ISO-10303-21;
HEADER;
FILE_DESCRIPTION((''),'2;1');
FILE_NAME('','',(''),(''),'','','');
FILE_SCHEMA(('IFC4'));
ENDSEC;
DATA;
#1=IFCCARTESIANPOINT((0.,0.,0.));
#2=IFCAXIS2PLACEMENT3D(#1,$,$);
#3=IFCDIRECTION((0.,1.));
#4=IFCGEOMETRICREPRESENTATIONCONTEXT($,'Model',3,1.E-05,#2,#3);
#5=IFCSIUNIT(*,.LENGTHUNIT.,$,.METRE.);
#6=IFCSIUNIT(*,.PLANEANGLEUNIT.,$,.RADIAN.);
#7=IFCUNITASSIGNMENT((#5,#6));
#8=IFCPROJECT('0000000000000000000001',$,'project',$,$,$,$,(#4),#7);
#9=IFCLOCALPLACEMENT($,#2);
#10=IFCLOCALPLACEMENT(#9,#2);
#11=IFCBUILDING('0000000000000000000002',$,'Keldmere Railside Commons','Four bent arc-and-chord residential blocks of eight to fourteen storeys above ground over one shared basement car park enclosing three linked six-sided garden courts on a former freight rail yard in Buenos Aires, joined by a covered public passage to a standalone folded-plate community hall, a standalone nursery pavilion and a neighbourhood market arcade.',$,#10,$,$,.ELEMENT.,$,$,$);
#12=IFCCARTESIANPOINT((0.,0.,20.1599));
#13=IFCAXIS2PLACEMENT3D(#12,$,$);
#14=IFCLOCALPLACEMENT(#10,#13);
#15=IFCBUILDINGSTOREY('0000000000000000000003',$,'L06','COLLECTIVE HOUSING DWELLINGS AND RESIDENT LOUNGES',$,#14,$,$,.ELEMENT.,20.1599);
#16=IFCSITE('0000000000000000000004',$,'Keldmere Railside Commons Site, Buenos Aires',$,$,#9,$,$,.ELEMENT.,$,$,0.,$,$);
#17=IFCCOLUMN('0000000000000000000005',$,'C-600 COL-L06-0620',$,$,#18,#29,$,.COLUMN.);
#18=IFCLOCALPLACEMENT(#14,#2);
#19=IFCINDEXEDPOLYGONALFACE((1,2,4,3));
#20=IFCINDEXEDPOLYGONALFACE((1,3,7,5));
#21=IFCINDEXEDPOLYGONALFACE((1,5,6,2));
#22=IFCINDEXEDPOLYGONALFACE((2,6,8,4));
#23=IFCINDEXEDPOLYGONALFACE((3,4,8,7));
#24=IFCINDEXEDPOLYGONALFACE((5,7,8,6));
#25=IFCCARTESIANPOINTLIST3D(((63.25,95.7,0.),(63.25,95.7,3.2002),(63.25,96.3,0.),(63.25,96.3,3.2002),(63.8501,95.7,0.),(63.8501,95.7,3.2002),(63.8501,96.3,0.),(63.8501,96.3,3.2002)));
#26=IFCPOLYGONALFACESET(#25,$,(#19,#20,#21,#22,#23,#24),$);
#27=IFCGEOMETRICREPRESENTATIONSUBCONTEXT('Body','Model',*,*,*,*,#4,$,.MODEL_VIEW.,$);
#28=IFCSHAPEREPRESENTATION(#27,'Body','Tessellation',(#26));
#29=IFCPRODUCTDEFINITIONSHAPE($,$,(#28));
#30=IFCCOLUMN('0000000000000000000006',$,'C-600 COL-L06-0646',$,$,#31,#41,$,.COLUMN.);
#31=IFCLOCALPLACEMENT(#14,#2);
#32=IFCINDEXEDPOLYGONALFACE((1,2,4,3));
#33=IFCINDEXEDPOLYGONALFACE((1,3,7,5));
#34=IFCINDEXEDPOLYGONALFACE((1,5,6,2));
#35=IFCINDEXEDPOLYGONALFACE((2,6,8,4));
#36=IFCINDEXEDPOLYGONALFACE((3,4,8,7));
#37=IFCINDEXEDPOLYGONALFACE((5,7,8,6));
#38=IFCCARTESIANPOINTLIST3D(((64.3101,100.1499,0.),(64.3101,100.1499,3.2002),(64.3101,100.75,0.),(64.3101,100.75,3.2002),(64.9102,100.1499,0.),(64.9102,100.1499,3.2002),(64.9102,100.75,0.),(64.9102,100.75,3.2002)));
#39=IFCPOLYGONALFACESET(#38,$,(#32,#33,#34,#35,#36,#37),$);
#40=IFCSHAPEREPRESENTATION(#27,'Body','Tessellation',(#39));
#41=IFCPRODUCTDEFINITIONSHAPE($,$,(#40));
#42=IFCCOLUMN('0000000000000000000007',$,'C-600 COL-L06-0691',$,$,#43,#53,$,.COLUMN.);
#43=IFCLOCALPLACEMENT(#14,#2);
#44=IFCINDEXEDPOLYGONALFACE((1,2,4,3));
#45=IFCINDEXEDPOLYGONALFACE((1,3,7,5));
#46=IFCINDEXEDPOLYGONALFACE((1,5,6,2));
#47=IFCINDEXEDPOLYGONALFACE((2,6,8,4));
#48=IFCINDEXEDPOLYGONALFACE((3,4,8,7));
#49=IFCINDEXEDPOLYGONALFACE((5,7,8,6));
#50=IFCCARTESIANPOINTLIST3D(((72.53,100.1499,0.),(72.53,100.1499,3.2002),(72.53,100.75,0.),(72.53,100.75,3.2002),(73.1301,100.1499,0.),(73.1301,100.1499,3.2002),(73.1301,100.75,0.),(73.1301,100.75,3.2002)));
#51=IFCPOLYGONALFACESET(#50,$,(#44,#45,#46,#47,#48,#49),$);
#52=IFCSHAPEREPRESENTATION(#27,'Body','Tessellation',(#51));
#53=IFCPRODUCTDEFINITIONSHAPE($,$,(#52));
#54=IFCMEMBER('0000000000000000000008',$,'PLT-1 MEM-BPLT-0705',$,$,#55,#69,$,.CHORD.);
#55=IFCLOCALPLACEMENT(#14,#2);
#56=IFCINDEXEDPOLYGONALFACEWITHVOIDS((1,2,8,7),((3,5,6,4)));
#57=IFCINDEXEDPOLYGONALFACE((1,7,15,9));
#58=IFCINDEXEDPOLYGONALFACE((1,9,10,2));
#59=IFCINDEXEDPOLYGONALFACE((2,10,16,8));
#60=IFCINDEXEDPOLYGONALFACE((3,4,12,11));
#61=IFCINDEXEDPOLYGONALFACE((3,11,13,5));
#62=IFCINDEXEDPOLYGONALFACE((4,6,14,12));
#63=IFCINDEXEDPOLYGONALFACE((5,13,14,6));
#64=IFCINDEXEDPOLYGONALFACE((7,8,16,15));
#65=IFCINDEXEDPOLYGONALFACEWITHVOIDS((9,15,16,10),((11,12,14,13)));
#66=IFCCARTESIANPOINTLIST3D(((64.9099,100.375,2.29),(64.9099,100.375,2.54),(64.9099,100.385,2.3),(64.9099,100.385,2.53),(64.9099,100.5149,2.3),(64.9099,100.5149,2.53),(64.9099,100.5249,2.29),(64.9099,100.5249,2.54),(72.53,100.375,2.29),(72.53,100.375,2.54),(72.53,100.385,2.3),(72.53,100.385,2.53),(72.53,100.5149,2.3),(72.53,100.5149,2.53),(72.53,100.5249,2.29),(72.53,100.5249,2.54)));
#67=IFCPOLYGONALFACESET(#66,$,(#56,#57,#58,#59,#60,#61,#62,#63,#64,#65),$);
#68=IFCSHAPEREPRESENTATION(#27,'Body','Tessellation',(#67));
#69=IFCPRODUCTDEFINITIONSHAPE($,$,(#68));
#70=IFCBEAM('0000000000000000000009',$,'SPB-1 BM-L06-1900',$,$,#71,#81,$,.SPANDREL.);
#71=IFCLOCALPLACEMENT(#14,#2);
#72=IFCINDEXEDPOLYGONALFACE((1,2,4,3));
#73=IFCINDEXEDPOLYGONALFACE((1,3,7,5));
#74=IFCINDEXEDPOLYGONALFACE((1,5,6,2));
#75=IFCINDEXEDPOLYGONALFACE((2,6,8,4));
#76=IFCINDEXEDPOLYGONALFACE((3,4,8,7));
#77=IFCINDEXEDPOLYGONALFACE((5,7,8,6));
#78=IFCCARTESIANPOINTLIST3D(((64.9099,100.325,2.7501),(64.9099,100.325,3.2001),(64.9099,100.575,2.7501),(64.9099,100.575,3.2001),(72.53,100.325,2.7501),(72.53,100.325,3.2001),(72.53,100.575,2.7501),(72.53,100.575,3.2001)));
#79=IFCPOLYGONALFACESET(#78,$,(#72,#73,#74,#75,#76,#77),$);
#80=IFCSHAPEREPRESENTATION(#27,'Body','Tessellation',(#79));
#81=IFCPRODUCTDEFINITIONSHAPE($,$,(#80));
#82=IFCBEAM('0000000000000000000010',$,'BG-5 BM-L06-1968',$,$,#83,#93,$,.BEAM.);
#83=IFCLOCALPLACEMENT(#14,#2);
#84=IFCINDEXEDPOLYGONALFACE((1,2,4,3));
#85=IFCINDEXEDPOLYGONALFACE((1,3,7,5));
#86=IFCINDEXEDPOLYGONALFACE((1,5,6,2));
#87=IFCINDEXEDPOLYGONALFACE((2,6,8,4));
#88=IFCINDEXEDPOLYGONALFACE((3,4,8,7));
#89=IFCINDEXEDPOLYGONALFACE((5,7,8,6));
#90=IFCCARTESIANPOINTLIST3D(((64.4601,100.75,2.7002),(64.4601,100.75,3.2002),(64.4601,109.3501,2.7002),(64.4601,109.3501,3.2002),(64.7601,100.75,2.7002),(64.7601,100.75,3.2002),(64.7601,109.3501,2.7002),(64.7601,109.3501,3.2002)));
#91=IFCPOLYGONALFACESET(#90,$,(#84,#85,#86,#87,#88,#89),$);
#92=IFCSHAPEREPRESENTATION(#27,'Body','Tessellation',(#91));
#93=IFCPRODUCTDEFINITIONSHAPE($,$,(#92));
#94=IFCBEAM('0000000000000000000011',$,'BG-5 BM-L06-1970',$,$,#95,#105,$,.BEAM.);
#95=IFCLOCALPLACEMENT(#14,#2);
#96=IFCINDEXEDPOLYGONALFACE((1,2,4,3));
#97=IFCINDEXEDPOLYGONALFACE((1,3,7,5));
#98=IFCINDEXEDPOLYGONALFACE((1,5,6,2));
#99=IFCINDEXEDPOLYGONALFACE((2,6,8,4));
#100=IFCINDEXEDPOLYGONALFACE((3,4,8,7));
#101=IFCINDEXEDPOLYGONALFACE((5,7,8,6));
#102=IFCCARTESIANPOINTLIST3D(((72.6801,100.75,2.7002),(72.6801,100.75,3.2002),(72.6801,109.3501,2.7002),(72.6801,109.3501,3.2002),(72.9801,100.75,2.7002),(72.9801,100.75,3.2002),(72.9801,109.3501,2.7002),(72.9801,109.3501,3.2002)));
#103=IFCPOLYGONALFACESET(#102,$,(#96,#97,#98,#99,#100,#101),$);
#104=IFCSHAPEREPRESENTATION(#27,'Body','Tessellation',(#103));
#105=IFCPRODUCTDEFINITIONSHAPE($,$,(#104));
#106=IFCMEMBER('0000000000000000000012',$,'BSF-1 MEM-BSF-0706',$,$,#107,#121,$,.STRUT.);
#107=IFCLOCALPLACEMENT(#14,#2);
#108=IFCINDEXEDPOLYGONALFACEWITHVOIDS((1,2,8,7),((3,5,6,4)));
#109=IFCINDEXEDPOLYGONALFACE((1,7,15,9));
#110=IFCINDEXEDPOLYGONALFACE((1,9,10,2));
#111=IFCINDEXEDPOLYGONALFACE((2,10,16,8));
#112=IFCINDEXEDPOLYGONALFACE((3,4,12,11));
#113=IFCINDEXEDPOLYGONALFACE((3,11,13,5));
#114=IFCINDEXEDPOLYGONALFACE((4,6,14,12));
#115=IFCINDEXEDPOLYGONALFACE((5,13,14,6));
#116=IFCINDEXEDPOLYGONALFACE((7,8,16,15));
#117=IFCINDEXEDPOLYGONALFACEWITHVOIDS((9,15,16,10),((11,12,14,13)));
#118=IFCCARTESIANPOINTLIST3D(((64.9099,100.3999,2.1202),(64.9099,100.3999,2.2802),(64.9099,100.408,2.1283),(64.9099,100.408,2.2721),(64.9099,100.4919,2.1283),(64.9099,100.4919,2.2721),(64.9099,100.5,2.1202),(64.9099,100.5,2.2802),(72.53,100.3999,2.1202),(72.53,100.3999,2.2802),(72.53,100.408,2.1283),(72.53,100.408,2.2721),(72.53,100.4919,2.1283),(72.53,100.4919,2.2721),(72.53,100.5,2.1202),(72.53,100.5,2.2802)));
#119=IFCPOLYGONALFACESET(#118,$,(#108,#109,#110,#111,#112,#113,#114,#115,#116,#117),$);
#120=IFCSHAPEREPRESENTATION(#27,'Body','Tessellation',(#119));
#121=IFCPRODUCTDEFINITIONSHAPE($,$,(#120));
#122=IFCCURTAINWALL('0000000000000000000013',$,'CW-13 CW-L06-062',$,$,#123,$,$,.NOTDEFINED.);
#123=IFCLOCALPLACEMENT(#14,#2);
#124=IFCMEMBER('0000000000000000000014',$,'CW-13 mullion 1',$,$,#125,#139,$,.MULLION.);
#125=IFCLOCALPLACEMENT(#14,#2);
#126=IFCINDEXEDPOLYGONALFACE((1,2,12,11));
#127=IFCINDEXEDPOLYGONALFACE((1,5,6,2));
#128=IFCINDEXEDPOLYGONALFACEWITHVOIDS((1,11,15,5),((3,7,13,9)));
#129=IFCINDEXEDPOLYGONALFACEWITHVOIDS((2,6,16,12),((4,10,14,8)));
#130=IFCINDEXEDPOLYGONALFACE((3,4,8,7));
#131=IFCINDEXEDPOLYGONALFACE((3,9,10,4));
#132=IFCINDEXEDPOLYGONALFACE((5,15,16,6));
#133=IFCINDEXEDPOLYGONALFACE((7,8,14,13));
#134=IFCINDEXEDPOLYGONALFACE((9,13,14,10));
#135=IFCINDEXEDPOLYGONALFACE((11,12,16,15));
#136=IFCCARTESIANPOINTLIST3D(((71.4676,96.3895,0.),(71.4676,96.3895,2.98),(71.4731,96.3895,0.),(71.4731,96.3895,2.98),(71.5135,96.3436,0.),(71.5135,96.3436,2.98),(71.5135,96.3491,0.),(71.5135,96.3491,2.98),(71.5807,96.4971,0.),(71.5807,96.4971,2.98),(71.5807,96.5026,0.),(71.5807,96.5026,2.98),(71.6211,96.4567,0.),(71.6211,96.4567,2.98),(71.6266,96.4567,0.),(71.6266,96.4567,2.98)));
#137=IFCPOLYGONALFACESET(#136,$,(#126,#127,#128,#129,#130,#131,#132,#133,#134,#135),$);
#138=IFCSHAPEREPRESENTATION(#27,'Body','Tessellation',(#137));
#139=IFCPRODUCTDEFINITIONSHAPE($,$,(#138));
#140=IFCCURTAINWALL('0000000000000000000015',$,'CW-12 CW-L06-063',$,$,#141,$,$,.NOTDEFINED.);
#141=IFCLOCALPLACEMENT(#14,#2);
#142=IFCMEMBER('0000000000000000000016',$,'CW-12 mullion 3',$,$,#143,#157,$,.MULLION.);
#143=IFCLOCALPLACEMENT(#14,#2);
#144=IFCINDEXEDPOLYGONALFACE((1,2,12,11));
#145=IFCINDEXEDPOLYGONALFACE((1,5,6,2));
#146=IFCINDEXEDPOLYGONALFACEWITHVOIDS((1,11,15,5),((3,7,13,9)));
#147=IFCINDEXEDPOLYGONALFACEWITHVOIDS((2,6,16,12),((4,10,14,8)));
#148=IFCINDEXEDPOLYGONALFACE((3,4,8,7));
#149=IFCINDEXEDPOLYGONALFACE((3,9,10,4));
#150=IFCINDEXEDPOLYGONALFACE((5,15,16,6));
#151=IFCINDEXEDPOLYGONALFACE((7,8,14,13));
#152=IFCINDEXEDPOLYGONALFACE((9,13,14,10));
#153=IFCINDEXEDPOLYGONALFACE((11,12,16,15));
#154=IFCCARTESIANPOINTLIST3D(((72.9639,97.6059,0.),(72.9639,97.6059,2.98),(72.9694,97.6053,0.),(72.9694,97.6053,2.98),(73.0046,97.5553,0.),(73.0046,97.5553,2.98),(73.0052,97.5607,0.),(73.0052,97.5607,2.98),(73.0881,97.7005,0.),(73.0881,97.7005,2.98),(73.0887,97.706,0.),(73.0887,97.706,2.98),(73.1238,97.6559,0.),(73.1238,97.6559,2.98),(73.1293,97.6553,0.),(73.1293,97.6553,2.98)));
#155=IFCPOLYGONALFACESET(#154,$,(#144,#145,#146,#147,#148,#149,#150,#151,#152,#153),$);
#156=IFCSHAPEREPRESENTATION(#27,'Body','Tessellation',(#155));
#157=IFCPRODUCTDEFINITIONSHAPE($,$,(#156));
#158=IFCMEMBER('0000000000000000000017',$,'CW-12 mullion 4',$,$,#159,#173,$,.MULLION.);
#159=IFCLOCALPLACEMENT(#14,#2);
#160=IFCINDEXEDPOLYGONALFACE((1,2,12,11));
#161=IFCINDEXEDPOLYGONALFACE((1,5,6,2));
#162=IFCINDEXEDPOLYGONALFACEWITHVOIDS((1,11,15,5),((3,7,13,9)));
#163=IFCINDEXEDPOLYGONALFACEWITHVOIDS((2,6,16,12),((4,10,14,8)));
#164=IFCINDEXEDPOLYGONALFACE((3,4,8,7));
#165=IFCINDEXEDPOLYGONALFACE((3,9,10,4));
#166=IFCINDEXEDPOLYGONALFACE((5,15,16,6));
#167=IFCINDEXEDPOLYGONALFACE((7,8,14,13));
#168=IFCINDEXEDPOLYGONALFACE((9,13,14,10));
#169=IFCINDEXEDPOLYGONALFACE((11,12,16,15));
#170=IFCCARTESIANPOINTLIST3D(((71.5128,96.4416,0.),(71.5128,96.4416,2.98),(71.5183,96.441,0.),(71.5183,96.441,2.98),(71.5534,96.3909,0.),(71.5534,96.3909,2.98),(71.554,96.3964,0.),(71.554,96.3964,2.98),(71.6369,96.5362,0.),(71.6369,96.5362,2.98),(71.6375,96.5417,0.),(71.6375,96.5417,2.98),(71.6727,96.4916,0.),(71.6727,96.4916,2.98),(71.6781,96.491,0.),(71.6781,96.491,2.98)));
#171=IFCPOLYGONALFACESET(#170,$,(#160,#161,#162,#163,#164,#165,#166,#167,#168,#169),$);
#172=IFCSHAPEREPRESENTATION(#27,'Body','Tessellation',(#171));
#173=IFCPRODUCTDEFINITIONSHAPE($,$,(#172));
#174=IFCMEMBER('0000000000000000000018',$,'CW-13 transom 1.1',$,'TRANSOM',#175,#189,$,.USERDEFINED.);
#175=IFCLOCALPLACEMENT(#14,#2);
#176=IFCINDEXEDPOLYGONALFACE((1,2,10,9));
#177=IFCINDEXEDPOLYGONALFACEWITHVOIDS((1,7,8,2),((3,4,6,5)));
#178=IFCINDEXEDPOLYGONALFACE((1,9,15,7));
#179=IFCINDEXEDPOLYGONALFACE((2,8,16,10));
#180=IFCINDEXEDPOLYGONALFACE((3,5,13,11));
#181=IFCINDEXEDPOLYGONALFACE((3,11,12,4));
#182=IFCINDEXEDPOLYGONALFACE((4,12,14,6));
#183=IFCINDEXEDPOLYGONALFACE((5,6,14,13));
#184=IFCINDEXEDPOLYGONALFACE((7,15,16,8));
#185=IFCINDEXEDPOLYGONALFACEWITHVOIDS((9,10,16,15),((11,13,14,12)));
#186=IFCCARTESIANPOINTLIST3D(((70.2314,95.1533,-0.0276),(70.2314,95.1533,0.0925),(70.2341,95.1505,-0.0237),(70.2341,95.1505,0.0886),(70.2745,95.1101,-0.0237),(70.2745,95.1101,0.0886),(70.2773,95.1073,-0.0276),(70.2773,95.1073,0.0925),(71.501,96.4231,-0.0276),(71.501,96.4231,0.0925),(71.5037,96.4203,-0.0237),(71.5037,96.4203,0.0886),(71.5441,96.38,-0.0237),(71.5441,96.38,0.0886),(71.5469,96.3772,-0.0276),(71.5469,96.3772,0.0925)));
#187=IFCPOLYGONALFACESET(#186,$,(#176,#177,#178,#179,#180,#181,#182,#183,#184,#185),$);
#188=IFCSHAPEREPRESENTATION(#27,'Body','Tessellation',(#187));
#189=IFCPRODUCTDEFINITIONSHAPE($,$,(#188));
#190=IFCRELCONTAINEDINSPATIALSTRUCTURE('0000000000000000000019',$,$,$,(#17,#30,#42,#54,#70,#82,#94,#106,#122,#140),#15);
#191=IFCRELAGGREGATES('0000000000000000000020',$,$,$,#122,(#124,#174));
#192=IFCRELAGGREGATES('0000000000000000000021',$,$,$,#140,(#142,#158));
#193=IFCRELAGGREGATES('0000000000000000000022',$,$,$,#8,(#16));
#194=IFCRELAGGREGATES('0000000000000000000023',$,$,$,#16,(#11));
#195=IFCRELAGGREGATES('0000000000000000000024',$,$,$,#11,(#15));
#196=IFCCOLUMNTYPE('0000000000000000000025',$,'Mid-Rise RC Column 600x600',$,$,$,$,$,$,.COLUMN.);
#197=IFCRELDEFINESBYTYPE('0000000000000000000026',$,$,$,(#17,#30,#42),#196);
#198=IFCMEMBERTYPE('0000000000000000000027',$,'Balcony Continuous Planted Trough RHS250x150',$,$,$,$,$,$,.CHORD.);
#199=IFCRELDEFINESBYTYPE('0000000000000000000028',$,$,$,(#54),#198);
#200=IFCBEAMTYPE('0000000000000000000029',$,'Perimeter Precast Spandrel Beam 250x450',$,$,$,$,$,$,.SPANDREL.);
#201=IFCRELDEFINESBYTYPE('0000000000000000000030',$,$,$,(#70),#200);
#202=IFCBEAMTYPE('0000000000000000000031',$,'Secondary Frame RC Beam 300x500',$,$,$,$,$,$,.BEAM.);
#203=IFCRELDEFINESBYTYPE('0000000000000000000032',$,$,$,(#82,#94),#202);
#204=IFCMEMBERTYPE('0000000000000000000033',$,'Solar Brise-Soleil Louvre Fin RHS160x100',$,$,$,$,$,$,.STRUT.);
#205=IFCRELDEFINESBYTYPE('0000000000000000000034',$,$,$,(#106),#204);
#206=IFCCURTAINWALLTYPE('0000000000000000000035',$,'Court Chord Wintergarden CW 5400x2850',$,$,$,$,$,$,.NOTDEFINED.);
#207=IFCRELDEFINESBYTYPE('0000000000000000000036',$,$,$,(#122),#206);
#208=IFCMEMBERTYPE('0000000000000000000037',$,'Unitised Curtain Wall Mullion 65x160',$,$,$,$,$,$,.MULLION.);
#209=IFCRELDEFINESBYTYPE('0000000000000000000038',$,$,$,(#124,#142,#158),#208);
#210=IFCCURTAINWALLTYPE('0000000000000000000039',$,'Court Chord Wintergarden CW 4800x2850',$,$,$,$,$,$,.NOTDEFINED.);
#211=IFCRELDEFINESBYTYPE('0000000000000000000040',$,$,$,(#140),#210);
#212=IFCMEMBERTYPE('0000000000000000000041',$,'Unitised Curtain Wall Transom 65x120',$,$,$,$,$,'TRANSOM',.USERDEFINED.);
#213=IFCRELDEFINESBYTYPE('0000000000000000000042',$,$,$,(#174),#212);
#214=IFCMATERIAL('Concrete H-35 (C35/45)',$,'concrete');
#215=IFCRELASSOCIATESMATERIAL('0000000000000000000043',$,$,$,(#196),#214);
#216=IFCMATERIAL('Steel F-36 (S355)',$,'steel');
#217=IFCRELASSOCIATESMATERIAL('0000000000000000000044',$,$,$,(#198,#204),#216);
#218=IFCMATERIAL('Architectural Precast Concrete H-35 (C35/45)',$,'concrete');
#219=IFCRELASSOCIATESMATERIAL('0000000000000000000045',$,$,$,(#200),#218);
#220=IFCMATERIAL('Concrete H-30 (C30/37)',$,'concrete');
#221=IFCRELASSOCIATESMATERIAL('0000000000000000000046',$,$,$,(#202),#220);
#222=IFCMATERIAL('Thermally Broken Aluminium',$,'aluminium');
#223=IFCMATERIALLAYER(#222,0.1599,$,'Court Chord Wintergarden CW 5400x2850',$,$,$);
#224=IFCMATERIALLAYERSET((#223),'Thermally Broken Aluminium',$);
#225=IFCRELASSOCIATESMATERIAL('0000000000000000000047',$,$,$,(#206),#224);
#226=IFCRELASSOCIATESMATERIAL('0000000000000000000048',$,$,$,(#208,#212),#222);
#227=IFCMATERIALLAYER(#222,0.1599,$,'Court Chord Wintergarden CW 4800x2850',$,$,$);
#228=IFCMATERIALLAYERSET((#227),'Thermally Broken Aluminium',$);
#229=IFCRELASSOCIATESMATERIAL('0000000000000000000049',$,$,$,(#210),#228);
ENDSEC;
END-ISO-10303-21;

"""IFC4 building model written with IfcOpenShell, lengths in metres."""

from ifc_helpers import new_model, si_unit, direction, frame, origin, origin_2d, place, context, subcontext, project, spatial, rectangle, hollow_rectangle, extrude, material, layer, layer_set, material_profile, profile_set, type_object, element, aggregate, save


model = new_model("IFC4")

# Units and contexts
model_context = context("Model", 3, precision=1e-05, world=origin(), true_north=direction((0.0, 1.0)))
body_context = subcontext(model_context, "Body", "Model", "MODEL_VIEW")
ifc_project = project(units=[si_unit("LENGTHUNIT", "METRE"), si_unit("PLANEANGLEUNIT", "RADIAN")], contexts=[model_context])

# Site, building, storey
site_placement = place(None, origin())
site = spatial("IfcSite", under=ifc_project, at=site_placement, Name="Keldmere Railside Commons Site, Buenos Aires", CompositionType="ELEMENT", RefElevation=0.0)
building_placement = place(site_placement, origin())
building = spatial("IfcBuilding", under=site, at=building_placement, Name="Keldmere Railside Commons", Description="Four bent arc-and-chord residential blocks of eight to fourteen storeys above ground over one shared basement car park enclosing three linked six-sided garden courts on a former freight rail yard in Buenos Aires, joined by a covered public passage to a standalone folded-plate community hall, a standalone nursery pavilion and a neighbourhood market arcade.", CompositionType="ELEMENT")
storey_placement = place(building_placement, frame((0.0, 0.0, 20.1599)))
storey = spatial("IfcBuildingStorey", under=building, at=storey_placement, Name="L06", Description="COLLECTIVE HOUSING DWELLINGS AND RESIDENT LOUNGES", CompositionType="ELEMENT", Elevation=20.1599)

# Columns
ifc_material_1 = material(Name="Concrete H-35 (C35/45)", Category="concrete")
ifc_material_profile_1 = material_profile(ifc_material_1, rectangle(XDim=0.6001, YDim=0.6001, at=origin_2d()), Name="RC-600x600")
ifc_profile_set_1 = profile_set([ifc_material_profile_1], Name="Concrete H-35 (C35/45)")
column_type = type_object("IfcColumnType", Name="Mid-Rise RC Column 600x600", PredefinedType="COLUMN", material=ifc_profile_set_1)
for number, where, z_axis, x_axis, name in (
    (1, (63.55, 96.0, 0.0), (0.0, 0.0, 1.0), (1.0, 0.0, 0.0), "C-600 COL-L06-0620"),
    (2, (64.6101, 100.45, 0.0), (0.0, 0.0, 1.0), (1.0, 0.0, 0.0), "C-600 COL-L06-0646"),
    (3, (72.8301, 100.45, 0.0), (0.0, 0.0, 1.0), (1.0, 0.0, 0.0), "C-600 COL-L06-0691"),
):
    element("IfcColumn", number, at=place(storey_placement, frame(where, z_axis=z_axis, x_axis=x_axis)), inside=storey, type_object=column_type, Name=name, PredefinedType="COLUMN", context=body_context, shape_type="SweptSolid", body=[
        extrude(rectangle(XDim=0.6001, YDim=0.6001, at=origin_2d()), origin(), (0.0, 0.0, 1.0), 3.2002),
    ])

# Member
ifc_material_2 = material(Name="Steel F-36 (S355)", Category="steel")
ifc_material_profile_2 = material_profile(ifc_material_2, hollow_rectangle(XDim=0.1499, YDim=0.25, WallThickness=0.01, at=origin_2d()), Name="RHS-250x150x10")
ifc_profile_set_2 = profile_set([ifc_material_profile_2], Name="Steel F-36 (S355)")
member_type_1 = type_object("IfcMemberType", Name="Balcony Continuous Planted Trough RHS250x150", PredefinedType="CHORD", material=ifc_profile_set_2)
member_1_placement = place(storey_placement, frame((64.9099, 100.45, 2.415), z_axis=(1.0, 0.0, 0.0), x_axis=(0.0, 1.0, 0.0)))
element("IfcMember", 4, at=member_1_placement, inside=storey, type_object=member_type_1, Name="PLT-1 MEM-BPLT-0705", PredefinedType="CHORD", context=body_context, shape_type="SweptSolid", body=[
    extrude(hollow_rectangle(XDim=0.1499, YDim=0.25, WallThickness=0.01, at=origin_2d()), origin(), (0.0, 0.0, 1.0), 7.6201),
])

# Beams
ifc_material_3 = material(Name="Architectural Precast Concrete H-35 (C35/45)", Category="concrete")
ifc_material_profile_3 = material_profile(ifc_material_3, rectangle(XDim=0.25, YDim=0.45, at=origin_2d()), Name="RC-250x450")
ifc_profile_set_3 = profile_set([ifc_material_profile_3], Name="Architectural Precast Concrete H-35 (C35/45)")
beam_type_1 = type_object("IfcBeamType", Name="Perimeter Precast Spandrel Beam 250x450", PredefinedType="SPANDREL", material=ifc_profile_set_3)
beam_placement = place(storey_placement, frame((64.9099, 100.45, 2.9751), z_axis=(1.0, 0.0, 0.0), x_axis=(0.0, 1.0, 0.0)))
element("IfcBeam", 5, at=beam_placement, inside=storey, type_object=beam_type_1, Name="SPB-1 BM-L06-1900", PredefinedType="SPANDREL", context=body_context, shape_type="SweptSolid", body=[
    extrude(rectangle(XDim=0.25, YDim=0.45, at=origin_2d()), origin(), (0.0, 0.0, 1.0), 7.6201),
])
ifc_material_4 = material(Name="Concrete H-30 (C30/37)", Category="concrete")
ifc_material_profile_4 = material_profile(ifc_material_4, rectangle(XDim=0.3, YDim=0.5, at=origin_2d()), Name="RC-300x500")
ifc_profile_set_4 = profile_set([ifc_material_profile_4], Name="Concrete H-30 (C30/37)")
beam_type_2 = type_object("IfcBeamType", Name="Secondary Frame RC Beam 300x500", PredefinedType="BEAM", material=ifc_profile_set_4)
for number, where, z_axis, x_axis, name in (
    (6, (64.6101, 100.75, 2.9502), (0.0, 1.0, 0.0), (-1.0, 0.0, 0.0), "BG-5 BM-L06-1968"),
    (7, (72.8301, 100.75, 2.9502), (0.0, 1.0, 0.0), (-1.0, 0.0, 0.0), "BG-5 BM-L06-1970"),
):
    element("IfcBeam", number, at=place(storey_placement, frame(where, z_axis=z_axis, x_axis=x_axis)), inside=storey, type_object=beam_type_2, Name=name, PredefinedType="BEAM", context=body_context, shape_type="SweptSolid", body=[
        extrude(rectangle(XDim=0.3, YDim=0.5, at=origin_2d()), origin(), (0.0, 0.0, 1.0), 8.6001),
    ])

# Member
ifc_material_profile_5 = material_profile(ifc_material_2, hollow_rectangle(XDim=0.1001, YDim=0.1599, WallThickness=0.0081, at=origin_2d()), Name="RHS-160x100x8")
ifc_profile_set_5 = profile_set([ifc_material_profile_5], Name="Steel F-36 (S355)")
member_type_2 = type_object("IfcMemberType", Name="Solar Brise-Soleil Louvre Fin RHS160x100", PredefinedType="STRUT", material=ifc_profile_set_5)
member_2_placement = place(storey_placement, frame((64.9099, 100.45, 2.2002), z_axis=(1.0, 0.0, 0.0), x_axis=(0.0, 1.0, 0.0)))
element("IfcMember", 8, at=member_2_placement, inside=storey, type_object=member_type_2, Name="BSF-1 MEM-BSF-0706", PredefinedType="STRUT", context=body_context, shape_type="SweptSolid", body=[
    extrude(hollow_rectangle(XDim=0.1001, YDim=0.1599, WallThickness=0.0081, at=origin_2d()), origin(), (0.0, 0.0, 1.0), 7.6201),
])

# Curtain wall, member
ifc_material_5 = material(Name="Thermally Broken Aluminium", Category="aluminium")
ifc_layer_1 = layer(ifc_material_5, 0.1599, Name="Court Chord Wintergarden CW 5400x2850")
ifc_layer_set_1 = layer_set([ifc_layer_1], Name="Thermally Broken Aluminium")
curtain_wall_type_1 = type_object("IfcCurtainWallType", Name="Court Chord Wintergarden CW 5400x2850", PredefinedType="NOTDEFINED", material=ifc_layer_set_1)
curtain_wall_1_placement = place(storey_placement, origin())
curtain_wall_1 = element("IfcCurtainWall", 9, at=curtain_wall_1_placement, inside=storey, type_object=curtain_wall_type_1, Name="CW-13 CW-L06-062", PredefinedType="NOTDEFINED")
ifc_material_profile_6 = material_profile(ifc_material_5, hollow_rectangle(XDim=0.0649, YDim=0.1599, WallThickness=0.0039, at=origin_2d()), Name="ALU-MULL-65x160")
ifc_profile_set_6 = profile_set([ifc_material_profile_6], Name="Thermally Broken Aluminium")
member_type_3 = type_object("IfcMemberType", Name="Unitised Curtain Wall Mullion 65x160", PredefinedType="MULLION", material=ifc_profile_set_6)
member_3_placement = place(storey_placement, frame((71.5471, 96.4231, 0.0), z_axis=(0.0, 0.0, 1.0), x_axis=(0.707107, -0.707107, 0.0)))
member_3 = element("IfcMember", 10, at=member_3_placement, type_object=member_type_3, Name="CW-13 mullion 1", PredefinedType="MULLION", context=body_context, shape_type="SweptSolid", body=[
    extrude(hollow_rectangle(XDim=0.0649, YDim=0.1599, WallThickness=0.0039, at=origin_2d()), origin(), (0.0, 0.0, 1.0), 2.98),
])

# Curtain wall, members
ifc_layer_2 = layer(ifc_material_5, 0.1599, Name="Court Chord Wintergarden CW 4800x2850")
ifc_layer_set_2 = layer_set([ifc_layer_2], Name="Thermally Broken Aluminium")
curtain_wall_type_2 = type_object("IfcCurtainWallType", Name="Court Chord Wintergarden CW 4800x2850", PredefinedType="NOTDEFINED", material=ifc_layer_set_2)
curtain_wall_2_placement = place(storey_placement, origin())
curtain_wall_2 = element("IfcCurtainWall", 11, at=curtain_wall_2_placement, inside=storey, type_object=curtain_wall_type_2, Name="CW-12 CW-L06-063", PredefinedType="NOTDEFINED")
member_4_placement = place(storey_placement, frame((73.0466, 97.6306, 0.0), z_axis=(0.0, 0.0, 1.0), x_axis=(0.625768, -0.780009, 0.0)))
member_4 = element("IfcMember", 12, at=member_4_placement, type_object=member_type_3, Name="CW-12 mullion 3", PredefinedType="MULLION", context=body_context, shape_type="SweptSolid", body=[
    extrude(hollow_rectangle(XDim=0.0649, YDim=0.1599, WallThickness=0.0039, at=origin_2d()), origin(), (0.0, 0.0, 1.0), 2.98),
])
member_5_placement = place(storey_placement, frame((71.5955, 96.4663, 0.0), z_axis=(0.0, 0.0, 1.0), x_axis=(0.625768, -0.780009, 0.0)))
member_5 = element("IfcMember", 13, at=member_5_placement, type_object=member_type_3, Name="CW-12 mullion 4", PredefinedType="MULLION", context=body_context, shape_type="SweptSolid", body=[
    extrude(hollow_rectangle(XDim=0.0649, YDim=0.1599, WallThickness=0.0039, at=origin_2d()), origin(), (0.0, 0.0, 1.0), 2.98),
])

# Member
ifc_material_profile_7 = material_profile(ifc_material_5, hollow_rectangle(XDim=0.0649, YDim=0.1201, WallThickness=0.0039, at=origin_2d()), Name="ALU-TRAN-65x120")
ifc_profile_set_7 = profile_set([ifc_material_profile_7], Name="Thermally Broken Aluminium")
member_type_4 = type_object("IfcMemberType", Name="Unitised Curtain Wall Transom 65x120", ElementType="TRANSOM", PredefinedType="USERDEFINED", material=ifc_profile_set_7)
member_6_placement = place(storey_placement, frame((71.5239, 96.4001, 0.0325), z_axis=(-0.707039, -0.707175, 0.0), x_axis=(0.707175, -0.707039, 0.0)))
member_6 = element("IfcMember", 14, at=member_6_placement, type_object=member_type_4, Name="CW-13 transom 1.1", ObjectType="TRANSOM", PredefinedType="USERDEFINED", context=body_context, shape_type="SweptSolid", body=[
    extrude(hollow_rectangle(XDim=0.0649, YDim=0.1201, WallThickness=0.0039, at=origin_2d()), origin(), (0.0, 0.0, 1.0), 1.7957),
])

aggregate(curtain_wall_1, [member_3, member_6])
aggregate(curtain_wall_2, [member_4, member_5])

save(model, "model.ifc")
